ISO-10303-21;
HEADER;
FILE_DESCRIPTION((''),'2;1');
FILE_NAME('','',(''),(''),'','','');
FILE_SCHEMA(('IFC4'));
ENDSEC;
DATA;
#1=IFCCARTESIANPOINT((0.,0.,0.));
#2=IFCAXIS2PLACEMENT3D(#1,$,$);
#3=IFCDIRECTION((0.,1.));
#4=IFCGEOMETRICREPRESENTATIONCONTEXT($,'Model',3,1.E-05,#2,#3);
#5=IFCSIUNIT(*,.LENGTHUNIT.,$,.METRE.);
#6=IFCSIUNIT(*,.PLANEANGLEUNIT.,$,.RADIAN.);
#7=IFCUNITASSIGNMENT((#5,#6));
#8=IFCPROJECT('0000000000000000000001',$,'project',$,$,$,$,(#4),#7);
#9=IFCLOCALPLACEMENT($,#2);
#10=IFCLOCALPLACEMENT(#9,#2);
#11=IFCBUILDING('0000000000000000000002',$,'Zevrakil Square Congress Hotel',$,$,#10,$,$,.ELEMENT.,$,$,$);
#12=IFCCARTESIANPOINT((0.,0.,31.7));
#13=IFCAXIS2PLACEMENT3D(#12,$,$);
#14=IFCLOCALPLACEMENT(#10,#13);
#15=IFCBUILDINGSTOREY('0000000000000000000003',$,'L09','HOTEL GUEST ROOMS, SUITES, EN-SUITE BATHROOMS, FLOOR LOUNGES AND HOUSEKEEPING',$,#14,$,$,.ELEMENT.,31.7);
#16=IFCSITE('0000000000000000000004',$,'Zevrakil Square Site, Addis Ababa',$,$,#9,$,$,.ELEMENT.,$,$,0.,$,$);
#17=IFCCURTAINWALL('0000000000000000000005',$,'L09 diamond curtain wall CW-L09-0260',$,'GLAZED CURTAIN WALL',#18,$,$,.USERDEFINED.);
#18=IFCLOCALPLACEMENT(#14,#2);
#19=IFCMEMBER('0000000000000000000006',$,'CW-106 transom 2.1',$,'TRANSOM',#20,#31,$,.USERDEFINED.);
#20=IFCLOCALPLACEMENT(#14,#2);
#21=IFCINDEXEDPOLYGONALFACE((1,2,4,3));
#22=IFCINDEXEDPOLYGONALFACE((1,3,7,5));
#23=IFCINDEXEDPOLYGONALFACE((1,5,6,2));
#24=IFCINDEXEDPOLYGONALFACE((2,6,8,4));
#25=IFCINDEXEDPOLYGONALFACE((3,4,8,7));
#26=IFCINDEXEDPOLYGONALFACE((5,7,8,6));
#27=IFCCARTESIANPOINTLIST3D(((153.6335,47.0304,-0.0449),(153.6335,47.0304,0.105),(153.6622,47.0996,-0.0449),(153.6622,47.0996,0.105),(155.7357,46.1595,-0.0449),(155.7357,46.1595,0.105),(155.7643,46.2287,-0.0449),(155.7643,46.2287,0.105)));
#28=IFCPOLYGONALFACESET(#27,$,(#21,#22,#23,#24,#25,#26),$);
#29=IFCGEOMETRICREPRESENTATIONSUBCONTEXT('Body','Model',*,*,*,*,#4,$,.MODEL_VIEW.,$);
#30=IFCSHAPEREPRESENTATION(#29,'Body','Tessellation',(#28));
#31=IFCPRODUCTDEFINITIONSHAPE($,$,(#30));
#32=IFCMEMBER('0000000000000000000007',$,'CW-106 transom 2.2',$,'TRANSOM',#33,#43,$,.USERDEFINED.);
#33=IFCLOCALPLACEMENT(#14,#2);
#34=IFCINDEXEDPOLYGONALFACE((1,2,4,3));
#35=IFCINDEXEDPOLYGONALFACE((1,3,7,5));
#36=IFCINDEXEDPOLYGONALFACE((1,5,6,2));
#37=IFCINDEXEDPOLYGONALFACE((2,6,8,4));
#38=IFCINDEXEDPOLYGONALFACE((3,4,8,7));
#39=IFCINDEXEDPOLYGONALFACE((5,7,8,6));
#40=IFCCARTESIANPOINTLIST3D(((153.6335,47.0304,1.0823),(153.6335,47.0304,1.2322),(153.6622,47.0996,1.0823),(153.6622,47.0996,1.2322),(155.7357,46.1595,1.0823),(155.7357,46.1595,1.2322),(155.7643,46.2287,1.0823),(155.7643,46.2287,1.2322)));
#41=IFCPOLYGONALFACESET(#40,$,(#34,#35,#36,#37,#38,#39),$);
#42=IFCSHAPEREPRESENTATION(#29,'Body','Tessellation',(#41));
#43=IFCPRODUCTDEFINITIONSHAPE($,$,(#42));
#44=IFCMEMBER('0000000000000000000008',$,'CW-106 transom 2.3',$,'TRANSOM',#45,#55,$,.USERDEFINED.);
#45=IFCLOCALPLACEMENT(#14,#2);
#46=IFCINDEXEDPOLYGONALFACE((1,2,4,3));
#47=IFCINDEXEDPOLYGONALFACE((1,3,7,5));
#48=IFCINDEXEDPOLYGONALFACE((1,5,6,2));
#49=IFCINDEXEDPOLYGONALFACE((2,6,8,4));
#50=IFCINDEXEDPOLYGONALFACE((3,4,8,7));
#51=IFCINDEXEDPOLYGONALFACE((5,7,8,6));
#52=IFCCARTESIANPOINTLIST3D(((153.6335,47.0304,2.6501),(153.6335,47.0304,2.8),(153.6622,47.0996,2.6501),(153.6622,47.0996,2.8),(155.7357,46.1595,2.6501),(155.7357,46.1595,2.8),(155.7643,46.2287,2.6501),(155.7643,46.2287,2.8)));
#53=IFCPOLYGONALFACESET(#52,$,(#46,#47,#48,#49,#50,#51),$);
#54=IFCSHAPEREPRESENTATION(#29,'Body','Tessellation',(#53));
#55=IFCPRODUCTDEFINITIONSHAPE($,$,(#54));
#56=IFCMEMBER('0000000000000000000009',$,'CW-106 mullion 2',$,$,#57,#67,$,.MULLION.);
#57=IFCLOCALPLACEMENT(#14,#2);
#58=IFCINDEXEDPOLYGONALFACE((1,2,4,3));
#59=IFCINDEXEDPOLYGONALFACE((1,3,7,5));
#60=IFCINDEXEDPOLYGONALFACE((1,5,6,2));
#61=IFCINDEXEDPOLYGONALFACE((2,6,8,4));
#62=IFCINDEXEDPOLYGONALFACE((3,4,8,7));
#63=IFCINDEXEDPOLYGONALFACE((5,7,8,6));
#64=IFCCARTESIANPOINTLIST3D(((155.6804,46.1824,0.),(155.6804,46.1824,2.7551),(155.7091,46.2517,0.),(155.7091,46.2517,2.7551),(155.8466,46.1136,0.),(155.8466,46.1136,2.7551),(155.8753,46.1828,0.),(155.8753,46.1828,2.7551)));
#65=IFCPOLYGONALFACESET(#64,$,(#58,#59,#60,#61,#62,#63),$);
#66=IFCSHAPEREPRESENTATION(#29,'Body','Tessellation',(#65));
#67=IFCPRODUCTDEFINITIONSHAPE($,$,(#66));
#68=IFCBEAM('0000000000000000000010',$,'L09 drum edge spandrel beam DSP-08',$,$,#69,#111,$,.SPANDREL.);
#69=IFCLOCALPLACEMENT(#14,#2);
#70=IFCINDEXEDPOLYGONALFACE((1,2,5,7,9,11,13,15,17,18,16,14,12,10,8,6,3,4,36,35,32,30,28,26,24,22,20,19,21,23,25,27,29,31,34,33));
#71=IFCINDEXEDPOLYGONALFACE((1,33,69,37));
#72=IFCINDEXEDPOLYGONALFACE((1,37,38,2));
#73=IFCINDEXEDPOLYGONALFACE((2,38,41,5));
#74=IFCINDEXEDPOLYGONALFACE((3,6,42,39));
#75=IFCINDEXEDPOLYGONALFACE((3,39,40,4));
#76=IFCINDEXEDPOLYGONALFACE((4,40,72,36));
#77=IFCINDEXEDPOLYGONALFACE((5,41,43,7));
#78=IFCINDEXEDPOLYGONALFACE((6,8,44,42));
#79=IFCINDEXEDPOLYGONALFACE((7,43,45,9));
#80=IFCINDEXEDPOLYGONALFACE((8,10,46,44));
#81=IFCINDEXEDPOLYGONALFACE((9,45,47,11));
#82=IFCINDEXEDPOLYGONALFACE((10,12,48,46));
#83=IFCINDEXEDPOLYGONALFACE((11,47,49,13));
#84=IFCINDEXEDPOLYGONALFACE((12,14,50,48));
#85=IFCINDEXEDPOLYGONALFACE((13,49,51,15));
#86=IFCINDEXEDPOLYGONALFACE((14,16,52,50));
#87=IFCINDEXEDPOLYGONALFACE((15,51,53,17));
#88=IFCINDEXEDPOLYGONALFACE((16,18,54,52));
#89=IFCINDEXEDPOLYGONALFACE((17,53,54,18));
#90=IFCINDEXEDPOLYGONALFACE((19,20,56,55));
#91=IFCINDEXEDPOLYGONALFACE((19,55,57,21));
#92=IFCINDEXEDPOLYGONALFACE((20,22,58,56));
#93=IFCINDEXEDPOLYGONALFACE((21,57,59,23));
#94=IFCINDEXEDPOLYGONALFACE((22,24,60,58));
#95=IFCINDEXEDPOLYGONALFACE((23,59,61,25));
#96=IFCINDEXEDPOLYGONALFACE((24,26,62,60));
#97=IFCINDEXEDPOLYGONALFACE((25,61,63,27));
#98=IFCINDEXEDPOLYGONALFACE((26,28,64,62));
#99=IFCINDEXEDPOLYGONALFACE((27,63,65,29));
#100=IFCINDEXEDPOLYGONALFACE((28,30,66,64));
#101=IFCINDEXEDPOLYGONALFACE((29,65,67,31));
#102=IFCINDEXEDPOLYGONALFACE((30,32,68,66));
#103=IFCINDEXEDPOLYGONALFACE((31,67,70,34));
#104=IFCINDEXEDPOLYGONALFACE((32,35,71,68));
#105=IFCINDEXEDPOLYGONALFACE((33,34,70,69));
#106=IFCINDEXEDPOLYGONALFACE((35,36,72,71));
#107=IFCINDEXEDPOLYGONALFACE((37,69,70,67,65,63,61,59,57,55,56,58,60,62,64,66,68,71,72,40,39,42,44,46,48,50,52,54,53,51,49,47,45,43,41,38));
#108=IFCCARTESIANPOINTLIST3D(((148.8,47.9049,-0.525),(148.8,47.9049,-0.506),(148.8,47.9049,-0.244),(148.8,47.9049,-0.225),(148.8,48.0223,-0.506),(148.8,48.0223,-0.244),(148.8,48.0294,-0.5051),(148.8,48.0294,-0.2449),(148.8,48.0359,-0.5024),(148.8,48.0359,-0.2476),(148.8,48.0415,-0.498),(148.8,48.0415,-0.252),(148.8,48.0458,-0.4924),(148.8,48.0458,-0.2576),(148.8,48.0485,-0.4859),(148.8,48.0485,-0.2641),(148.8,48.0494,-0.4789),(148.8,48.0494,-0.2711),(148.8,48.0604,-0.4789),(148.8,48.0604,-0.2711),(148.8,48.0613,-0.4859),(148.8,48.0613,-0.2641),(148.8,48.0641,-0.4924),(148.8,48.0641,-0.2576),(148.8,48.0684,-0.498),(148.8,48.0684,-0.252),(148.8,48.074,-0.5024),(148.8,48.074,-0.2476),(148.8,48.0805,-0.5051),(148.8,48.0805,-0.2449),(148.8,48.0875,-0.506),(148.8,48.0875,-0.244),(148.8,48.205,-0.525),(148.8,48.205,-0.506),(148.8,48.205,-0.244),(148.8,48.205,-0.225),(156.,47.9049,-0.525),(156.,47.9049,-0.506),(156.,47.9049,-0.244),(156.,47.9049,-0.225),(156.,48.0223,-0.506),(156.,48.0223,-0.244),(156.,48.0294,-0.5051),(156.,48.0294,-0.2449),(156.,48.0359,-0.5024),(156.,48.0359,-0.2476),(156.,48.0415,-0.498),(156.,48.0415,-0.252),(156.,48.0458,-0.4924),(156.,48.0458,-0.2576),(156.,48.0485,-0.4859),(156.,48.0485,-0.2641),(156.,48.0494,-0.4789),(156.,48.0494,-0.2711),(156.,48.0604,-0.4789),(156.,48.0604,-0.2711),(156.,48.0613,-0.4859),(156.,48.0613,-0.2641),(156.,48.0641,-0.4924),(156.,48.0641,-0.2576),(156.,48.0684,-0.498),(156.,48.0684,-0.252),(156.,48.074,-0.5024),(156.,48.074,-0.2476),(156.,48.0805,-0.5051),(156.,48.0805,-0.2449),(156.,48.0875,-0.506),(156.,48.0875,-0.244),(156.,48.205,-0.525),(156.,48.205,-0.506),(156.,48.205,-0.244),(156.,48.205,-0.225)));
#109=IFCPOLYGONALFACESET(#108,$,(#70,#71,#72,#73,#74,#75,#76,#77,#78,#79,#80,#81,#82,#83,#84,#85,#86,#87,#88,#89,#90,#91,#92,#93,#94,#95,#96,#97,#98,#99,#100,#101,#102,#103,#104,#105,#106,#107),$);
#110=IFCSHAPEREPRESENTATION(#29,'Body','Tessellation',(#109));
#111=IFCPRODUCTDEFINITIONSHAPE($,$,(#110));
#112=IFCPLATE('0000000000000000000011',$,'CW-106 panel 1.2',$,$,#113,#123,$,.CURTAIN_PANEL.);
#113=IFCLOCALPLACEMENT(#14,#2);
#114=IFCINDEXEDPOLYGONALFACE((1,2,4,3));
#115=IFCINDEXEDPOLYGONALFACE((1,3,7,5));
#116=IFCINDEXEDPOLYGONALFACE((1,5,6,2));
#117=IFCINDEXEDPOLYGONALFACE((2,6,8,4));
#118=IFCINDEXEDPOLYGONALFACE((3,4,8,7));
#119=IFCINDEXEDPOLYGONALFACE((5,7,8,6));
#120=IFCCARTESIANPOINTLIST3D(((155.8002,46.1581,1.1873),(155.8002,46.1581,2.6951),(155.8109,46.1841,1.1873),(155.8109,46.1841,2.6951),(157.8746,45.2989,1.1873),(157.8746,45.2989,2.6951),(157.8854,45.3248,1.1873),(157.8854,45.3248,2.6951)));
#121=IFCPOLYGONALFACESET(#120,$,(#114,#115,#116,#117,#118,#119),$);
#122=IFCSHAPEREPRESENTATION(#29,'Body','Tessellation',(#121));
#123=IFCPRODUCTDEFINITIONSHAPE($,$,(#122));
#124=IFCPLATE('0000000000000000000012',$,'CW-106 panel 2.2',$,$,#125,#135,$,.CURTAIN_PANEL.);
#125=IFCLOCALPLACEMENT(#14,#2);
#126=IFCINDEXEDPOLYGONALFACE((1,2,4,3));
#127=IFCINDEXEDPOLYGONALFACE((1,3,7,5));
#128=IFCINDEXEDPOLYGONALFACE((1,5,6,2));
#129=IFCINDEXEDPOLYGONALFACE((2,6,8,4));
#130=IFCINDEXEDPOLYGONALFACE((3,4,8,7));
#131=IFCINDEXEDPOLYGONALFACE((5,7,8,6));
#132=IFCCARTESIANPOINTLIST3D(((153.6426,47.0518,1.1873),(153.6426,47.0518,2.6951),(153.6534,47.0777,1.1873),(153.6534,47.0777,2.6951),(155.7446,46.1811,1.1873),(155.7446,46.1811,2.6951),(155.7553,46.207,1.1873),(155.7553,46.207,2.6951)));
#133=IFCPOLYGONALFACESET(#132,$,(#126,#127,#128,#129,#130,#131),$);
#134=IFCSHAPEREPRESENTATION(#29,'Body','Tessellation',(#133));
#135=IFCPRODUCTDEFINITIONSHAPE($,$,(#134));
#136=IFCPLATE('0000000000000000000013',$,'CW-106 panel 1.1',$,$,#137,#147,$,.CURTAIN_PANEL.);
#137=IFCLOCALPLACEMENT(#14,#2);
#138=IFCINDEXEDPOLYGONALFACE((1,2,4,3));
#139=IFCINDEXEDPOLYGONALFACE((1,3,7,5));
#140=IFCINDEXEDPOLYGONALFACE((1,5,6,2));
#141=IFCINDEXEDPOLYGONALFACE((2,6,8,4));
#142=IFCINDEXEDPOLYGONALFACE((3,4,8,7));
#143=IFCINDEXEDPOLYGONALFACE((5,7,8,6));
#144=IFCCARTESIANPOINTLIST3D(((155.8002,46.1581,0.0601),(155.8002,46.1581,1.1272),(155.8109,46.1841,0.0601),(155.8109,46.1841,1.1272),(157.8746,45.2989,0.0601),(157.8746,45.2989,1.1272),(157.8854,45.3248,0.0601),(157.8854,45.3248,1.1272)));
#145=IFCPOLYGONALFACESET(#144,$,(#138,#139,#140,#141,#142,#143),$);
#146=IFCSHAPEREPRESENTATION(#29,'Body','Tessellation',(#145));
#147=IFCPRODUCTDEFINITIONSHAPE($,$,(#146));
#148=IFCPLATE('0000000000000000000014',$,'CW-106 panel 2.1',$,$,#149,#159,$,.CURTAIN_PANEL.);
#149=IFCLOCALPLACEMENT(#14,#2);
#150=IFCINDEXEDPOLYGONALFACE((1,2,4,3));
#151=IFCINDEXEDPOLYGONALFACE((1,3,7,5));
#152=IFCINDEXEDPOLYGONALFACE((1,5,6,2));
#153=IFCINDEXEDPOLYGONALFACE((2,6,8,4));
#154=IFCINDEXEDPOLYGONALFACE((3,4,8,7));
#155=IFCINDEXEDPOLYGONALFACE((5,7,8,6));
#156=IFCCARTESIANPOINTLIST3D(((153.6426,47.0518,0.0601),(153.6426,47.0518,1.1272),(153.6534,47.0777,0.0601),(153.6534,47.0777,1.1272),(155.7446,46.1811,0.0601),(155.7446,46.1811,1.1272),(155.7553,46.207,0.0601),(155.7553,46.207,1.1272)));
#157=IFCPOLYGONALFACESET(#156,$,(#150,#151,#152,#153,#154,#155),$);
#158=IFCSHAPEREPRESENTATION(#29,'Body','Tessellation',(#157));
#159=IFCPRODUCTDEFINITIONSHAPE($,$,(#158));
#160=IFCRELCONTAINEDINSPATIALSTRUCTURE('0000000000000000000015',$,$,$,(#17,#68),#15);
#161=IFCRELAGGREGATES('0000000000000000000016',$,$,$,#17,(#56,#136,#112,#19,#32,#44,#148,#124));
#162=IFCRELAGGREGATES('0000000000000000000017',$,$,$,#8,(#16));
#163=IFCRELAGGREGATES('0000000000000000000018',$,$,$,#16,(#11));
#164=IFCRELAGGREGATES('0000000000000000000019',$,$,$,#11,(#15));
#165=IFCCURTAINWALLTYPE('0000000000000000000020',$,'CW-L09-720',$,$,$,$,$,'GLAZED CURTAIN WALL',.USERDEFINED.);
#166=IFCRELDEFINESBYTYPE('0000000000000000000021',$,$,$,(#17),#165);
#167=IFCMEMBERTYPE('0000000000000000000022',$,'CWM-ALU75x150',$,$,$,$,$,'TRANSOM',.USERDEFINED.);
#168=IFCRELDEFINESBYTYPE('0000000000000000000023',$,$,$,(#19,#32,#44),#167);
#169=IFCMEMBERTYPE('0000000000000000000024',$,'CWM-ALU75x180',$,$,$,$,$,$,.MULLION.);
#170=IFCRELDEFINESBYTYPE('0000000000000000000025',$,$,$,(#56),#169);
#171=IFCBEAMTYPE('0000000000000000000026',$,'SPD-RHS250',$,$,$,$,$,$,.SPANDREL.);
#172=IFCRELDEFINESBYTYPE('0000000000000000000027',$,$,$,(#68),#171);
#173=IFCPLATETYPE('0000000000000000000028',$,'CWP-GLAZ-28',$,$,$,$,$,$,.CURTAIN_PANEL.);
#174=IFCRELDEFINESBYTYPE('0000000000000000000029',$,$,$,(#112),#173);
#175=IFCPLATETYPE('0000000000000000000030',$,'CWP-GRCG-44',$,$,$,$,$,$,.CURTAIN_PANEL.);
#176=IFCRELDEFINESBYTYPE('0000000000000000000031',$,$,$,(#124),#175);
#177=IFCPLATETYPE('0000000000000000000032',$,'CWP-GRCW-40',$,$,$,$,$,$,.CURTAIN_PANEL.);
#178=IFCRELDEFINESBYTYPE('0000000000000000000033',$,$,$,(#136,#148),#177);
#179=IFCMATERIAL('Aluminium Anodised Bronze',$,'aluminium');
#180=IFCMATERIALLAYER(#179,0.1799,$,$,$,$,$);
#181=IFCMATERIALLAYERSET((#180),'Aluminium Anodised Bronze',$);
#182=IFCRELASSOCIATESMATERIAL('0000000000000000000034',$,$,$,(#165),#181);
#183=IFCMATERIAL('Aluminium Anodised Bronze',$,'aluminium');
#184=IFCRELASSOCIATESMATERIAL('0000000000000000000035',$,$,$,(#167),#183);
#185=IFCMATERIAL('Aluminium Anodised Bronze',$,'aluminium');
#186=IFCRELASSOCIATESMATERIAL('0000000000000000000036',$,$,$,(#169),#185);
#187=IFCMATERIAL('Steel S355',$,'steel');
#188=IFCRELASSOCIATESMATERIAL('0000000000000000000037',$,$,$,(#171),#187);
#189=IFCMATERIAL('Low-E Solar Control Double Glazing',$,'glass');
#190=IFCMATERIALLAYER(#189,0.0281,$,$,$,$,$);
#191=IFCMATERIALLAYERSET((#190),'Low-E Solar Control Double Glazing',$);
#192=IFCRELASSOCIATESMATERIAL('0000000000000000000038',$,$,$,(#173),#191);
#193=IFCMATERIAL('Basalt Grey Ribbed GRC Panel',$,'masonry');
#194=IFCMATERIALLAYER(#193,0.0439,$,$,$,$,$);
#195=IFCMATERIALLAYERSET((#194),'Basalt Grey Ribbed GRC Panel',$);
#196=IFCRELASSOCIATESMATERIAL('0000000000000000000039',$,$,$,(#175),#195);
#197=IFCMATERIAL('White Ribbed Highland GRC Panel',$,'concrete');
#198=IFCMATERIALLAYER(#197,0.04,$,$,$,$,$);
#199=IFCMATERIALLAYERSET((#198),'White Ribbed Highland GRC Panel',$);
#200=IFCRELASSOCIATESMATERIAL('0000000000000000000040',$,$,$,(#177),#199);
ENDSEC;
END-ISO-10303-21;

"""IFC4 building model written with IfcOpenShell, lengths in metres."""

from ifc_helpers import new_model, si_unit, direction, frame, origin, origin_2d, place, context, subcontext, project, spatial, rectangle, i_section, extrude, material, layer, layer_set, material_profile, profile_set, type_object, element, aggregate, save


model = new_model("IFC4")

# Units and contexts
model_context = context("Model", 3, precision=1e-05, world=origin(), true_north=direction((0.0, 1.0)))
body_context = subcontext(model_context, "Body", "Model", "MODEL_VIEW")
ifc_project = project(units=[si_unit("LENGTHUNIT", "METRE"), si_unit("PLANEANGLEUNIT", "RADIAN")], contexts=[model_context])

# Site, building, storey
site_placement = place(None, origin())
site = spatial("IfcSite", under=ifc_project, at=site_placement, Name="Zevrakil Square Site, Addis Ababa", CompositionType="ELEMENT", RefElevation=0.0)
building_placement = place(site_placement, origin())
building = spatial("IfcBuilding", under=site, at=building_placement, Name="Zevrakil Square Congress Hotel", CompositionType="ELEMENT")
storey_placement = place(building_placement, frame((0.0, 0.0, 31.7)))
storey = spatial("IfcBuildingStorey", under=building, at=storey_placement, Name="L09", Description="HOTEL GUEST ROOMS, SUITES, EN-SUITE BATHROOMS, FLOOR LOUNGES AND HOUSEKEEPING", CompositionType="ELEMENT", Elevation=31.7)

# Curtain wall, members
ifc_material_1 = material(Name="Aluminium Anodised Bronze", Category="aluminium")
ifc_layer_1 = layer(ifc_material_1, 0.1799)
ifc_layer_set_1 = layer_set([ifc_layer_1], Name="Aluminium Anodised Bronze")
curtain_wall_type = type_object("IfcCurtainWallType", Name="CW-L09-720", ElementType="GLAZED CURTAIN WALL", PredefinedType="USERDEFINED", material=ifc_layer_set_1)
curtain_wall_placement = place(storey_placement, origin())
curtain_wall = element("IfcCurtainWall", 1, at=curtain_wall_placement, inside=storey, type_object=curtain_wall_type, Name="L09 diamond curtain wall CW-L09-0260", ObjectType="GLAZED CURTAIN WALL", PredefinedType="USERDEFINED")
ifc_material_2 = material(Name="Aluminium Anodised Bronze", Category="aluminium")
ifc_material_profile_1 = material_profile(ifc_material_2, rectangle(XDim=0.075, YDim=0.1499, at=origin_2d()), Name="ALU 75x150")
ifc_profile_set_1 = profile_set([ifc_material_profile_1], Name="Aluminium Anodised Bronze")
member_type_1 = type_object("IfcMemberType", Name="CWM-ALU75x150", ElementType="TRANSOM", PredefinedType="USERDEFINED", material=ifc_profile_set_1)
member_1_placement = place(storey_placement, frame((155.75, 46.1941, 0.03), z_axis=(-0.923856, 0.38274, 0.0), x_axis=(-0.38274, -0.923856, 0.0)))
member_1 = element("IfcMember", 2, at=member_1_placement, type_object=member_type_1, Name="CW-106 transom 2.1", ObjectType="TRANSOM", PredefinedType="USERDEFINED", context=body_context, shape_type="SweptSolid", body=[
    extrude(rectangle(XDim=0.075, YDim=0.1499, at=origin_2d()), origin(), (0.0, 0.0, 1.0), 2.2754),
])
member_2_placement = place(storey_placement, frame((155.75, 46.1941, 1.1572), z_axis=(-0.923856, 0.38274, 0.0), x_axis=(-0.38274, -0.923856, 0.0)))
member_2 = element("IfcMember", 3, at=member_2_placement, type_object=member_type_1, Name="CW-106 transom 2.2", ObjectType="TRANSOM", PredefinedType="USERDEFINED", context=body_context, shape_type="SweptSolid", body=[
    extrude(rectangle(XDim=0.075, YDim=0.1499, at=origin_2d()), origin(), (0.0, 0.0, 1.0), 2.2754),
])
member_3_placement = place(storey_placement, frame((155.75, 46.1941, 2.7251), z_axis=(-0.923856, 0.38274, 0.0), x_axis=(-0.38274, -0.923856, 0.0)))
member_3 = element("IfcMember", 4, at=member_3_placement, type_object=member_type_1, Name="CW-106 transom 2.3", ObjectType="TRANSOM", PredefinedType="USERDEFINED", context=body_context, shape_type="SweptSolid", body=[
    extrude(rectangle(XDim=0.075, YDim=0.1499, at=origin_2d()), origin(), (0.0, 0.0, 1.0), 2.2754),
])
ifc_material_3 = material(Name="Aluminium Anodised Bronze", Category="aluminium")
ifc_material_profile_2 = material_profile(ifc_material_3, rectangle(XDim=0.075, YDim=0.1799, at=origin_2d()), Name="ALU 75x180")
ifc_profile_set_2 = profile_set([ifc_material_profile_2], Name="Aluminium Anodised Bronze")
member_type_2 = type_object("IfcMemberType", Name="CWM-ALU75x180", PredefinedType="MULLION", material=ifc_profile_set_2)
member_4_placement = place(storey_placement, frame((155.7778, 46.1826, 0.0), z_axis=(0.0, 0.0, 1.0), x_axis=(-0.382684, -0.923879, 0.0)))
member_4 = element("IfcMember", 5, at=member_4_placement, type_object=member_type_2, Name="CW-106 mullion 2", PredefinedType="MULLION", context=body_context, shape_type="SweptSolid", body=[
    extrude(rectangle(XDim=0.075, YDim=0.1799, at=origin_2d()), origin(), (0.0, 0.0, 1.0), 2.7551),
])

# Beam
ifc_material_4 = material(Name="Steel S355", Category="steel")
ifc_material_profile_3 = material_profile(ifc_material_4, i_section(OverallWidth=0.3, OverallDepth=0.3, WebThickness=0.011, FlangeThickness=0.019, FilletRadius=0.0271, at=origin_2d()), Name="HEB 300")
ifc_profile_set_3 = profile_set([ifc_material_profile_3], Name="Steel S355")
beam_type_1 = type_object("IfcBeamType", Name="SPD-RHS250", PredefinedType="SPANDREL", material=ifc_profile_set_3)
beam_1_placement = place(storey_placement, frame((156.0, 48.0549, -0.375), z_axis=(-1.0, 0.0, 0.0), x_axis=(0.0, -1.0, 0.0)))
element("IfcBeam", 6, at=beam_1_placement, inside=storey, type_object=beam_type_1, Name="L09 drum edge spandrel beam DSP-08", PredefinedType="SPANDREL", context=body_context, shape_type="SweptSolid", body=[
    extrude(i_section(OverallWidth=0.3, OverallDepth=0.3, WebThickness=0.011, FlangeThickness=0.019, FilletRadius=0.0271, at=origin_2d()), origin(), (0.0, 0.0, 1.0), 7.2),
])

# Plates
ifc_material_5 = material(Name="Low-E Solar Control Double Glazing", Category="glass")
ifc_layer_2 = layer(ifc_material_5, 0.0281)
ifc_layer_set_2 = layer_set([ifc_layer_2], Name="Low-E Solar Control Double Glazing")
plate_type_1 = type_object("IfcPlateType", Name="CWP-GLAZ-28", PredefinedType="CURTAIN_PANEL", material=ifc_layer_set_2)
plate_1_placement = place(storey_placement, frame((156.8428, 45.7415, 1.1873), z_axis=(0.0, 0.0, 1.0), x_axis=(-0.923879, 0.382684, 0.0)))
plate_1 = element("IfcPlate", 7, at=plate_1_placement, type_object=plate_type_1, Name="CW-106 panel 1.2", PredefinedType="CURTAIN_PANEL", context=body_context, shape_type="SweptSolid", body=[
    extrude(rectangle(XDim=2.2454, YDim=0.0281, at=origin_2d()), origin(), (0.0, 0.0, 1.0), 1.5078),
])
ifc_material_6 = material(Name="Basalt Grey Ribbed GRC Panel", Category="masonry")
ifc_layer_3 = layer(ifc_material_6, 0.0439)
ifc_layer_set_3 = layer_set([ifc_layer_3], Name="Basalt Grey Ribbed GRC Panel")
plate_type_2 = type_object("IfcPlateType", Name="CWP-GRCG-44", PredefinedType="CURTAIN_PANEL", material=ifc_layer_set_3)
plate_2_placement = place(storey_placement, frame((154.699, 46.6294, 1.1873), z_axis=(0.0, 0.0, 1.0), x_axis=(-0.923879, 0.382684, 0.0)))
plate_2 = element("IfcPlate", 8, at=plate_2_placement, type_object=plate_type_2, Name="CW-106 panel 2.2", PredefinedType="CURTAIN_PANEL", context=body_context, shape_type="SweptSolid", body=[
    extrude(rectangle(XDim=2.2751, YDim=0.0281, at=origin_2d()), origin(), (0.0, 0.0, 1.0), 1.5078),
])
ifc_material_7 = material(Name="White Ribbed Highland GRC Panel", Category="concrete")
ifc_layer_4 = layer(ifc_material_7, 0.04)
ifc_layer_set_4 = layer_set([ifc_layer_4], Name="White Ribbed Highland GRC Panel")
plate_type_3 = type_object("IfcPlateType", Name="CWP-GRCW-40", PredefinedType="CURTAIN_PANEL", material=ifc_layer_set_4)
plate_3_placement = place(storey_placement, frame((156.8428, 45.7415, 0.0601), z_axis=(0.0, 0.0, 1.0), x_axis=(-0.923879, 0.382684, 0.0)))
plate_3 = element("IfcPlate", 9, at=plate_3_placement, type_object=plate_type_3, Name="CW-106 panel 1.1", PredefinedType="CURTAIN_PANEL", context=body_context, shape_type="SweptSolid", body=[
    extrude(rectangle(XDim=2.2454, YDim=0.0281, at=origin_2d()), origin(), (0.0, 0.0, 1.0), 1.0671),
])
plate_4_placement = place(storey_placement, frame((154.699, 46.6294, 0.0601), z_axis=(0.0, 0.0, 1.0), x_axis=(-0.923879, 0.382684, 0.0)))
plate_4 = element("IfcPlate", 10, at=plate_4_placement, type_object=plate_type_3, Name="CW-106 panel 2.1", PredefinedType="CURTAIN_PANEL", context=body_context, shape_type="SweptSolid", body=[
    extrude(rectangle(XDim=2.2751, YDim=0.0281, at=origin_2d()), origin(), (0.0, 0.0, 1.0), 1.0671),
])
aggregate(curtain_wall, [member_4, plate_3, plate_1, member_1, member_2, member_3, plate_4, plate_2])

save(model, "model.ifc")
